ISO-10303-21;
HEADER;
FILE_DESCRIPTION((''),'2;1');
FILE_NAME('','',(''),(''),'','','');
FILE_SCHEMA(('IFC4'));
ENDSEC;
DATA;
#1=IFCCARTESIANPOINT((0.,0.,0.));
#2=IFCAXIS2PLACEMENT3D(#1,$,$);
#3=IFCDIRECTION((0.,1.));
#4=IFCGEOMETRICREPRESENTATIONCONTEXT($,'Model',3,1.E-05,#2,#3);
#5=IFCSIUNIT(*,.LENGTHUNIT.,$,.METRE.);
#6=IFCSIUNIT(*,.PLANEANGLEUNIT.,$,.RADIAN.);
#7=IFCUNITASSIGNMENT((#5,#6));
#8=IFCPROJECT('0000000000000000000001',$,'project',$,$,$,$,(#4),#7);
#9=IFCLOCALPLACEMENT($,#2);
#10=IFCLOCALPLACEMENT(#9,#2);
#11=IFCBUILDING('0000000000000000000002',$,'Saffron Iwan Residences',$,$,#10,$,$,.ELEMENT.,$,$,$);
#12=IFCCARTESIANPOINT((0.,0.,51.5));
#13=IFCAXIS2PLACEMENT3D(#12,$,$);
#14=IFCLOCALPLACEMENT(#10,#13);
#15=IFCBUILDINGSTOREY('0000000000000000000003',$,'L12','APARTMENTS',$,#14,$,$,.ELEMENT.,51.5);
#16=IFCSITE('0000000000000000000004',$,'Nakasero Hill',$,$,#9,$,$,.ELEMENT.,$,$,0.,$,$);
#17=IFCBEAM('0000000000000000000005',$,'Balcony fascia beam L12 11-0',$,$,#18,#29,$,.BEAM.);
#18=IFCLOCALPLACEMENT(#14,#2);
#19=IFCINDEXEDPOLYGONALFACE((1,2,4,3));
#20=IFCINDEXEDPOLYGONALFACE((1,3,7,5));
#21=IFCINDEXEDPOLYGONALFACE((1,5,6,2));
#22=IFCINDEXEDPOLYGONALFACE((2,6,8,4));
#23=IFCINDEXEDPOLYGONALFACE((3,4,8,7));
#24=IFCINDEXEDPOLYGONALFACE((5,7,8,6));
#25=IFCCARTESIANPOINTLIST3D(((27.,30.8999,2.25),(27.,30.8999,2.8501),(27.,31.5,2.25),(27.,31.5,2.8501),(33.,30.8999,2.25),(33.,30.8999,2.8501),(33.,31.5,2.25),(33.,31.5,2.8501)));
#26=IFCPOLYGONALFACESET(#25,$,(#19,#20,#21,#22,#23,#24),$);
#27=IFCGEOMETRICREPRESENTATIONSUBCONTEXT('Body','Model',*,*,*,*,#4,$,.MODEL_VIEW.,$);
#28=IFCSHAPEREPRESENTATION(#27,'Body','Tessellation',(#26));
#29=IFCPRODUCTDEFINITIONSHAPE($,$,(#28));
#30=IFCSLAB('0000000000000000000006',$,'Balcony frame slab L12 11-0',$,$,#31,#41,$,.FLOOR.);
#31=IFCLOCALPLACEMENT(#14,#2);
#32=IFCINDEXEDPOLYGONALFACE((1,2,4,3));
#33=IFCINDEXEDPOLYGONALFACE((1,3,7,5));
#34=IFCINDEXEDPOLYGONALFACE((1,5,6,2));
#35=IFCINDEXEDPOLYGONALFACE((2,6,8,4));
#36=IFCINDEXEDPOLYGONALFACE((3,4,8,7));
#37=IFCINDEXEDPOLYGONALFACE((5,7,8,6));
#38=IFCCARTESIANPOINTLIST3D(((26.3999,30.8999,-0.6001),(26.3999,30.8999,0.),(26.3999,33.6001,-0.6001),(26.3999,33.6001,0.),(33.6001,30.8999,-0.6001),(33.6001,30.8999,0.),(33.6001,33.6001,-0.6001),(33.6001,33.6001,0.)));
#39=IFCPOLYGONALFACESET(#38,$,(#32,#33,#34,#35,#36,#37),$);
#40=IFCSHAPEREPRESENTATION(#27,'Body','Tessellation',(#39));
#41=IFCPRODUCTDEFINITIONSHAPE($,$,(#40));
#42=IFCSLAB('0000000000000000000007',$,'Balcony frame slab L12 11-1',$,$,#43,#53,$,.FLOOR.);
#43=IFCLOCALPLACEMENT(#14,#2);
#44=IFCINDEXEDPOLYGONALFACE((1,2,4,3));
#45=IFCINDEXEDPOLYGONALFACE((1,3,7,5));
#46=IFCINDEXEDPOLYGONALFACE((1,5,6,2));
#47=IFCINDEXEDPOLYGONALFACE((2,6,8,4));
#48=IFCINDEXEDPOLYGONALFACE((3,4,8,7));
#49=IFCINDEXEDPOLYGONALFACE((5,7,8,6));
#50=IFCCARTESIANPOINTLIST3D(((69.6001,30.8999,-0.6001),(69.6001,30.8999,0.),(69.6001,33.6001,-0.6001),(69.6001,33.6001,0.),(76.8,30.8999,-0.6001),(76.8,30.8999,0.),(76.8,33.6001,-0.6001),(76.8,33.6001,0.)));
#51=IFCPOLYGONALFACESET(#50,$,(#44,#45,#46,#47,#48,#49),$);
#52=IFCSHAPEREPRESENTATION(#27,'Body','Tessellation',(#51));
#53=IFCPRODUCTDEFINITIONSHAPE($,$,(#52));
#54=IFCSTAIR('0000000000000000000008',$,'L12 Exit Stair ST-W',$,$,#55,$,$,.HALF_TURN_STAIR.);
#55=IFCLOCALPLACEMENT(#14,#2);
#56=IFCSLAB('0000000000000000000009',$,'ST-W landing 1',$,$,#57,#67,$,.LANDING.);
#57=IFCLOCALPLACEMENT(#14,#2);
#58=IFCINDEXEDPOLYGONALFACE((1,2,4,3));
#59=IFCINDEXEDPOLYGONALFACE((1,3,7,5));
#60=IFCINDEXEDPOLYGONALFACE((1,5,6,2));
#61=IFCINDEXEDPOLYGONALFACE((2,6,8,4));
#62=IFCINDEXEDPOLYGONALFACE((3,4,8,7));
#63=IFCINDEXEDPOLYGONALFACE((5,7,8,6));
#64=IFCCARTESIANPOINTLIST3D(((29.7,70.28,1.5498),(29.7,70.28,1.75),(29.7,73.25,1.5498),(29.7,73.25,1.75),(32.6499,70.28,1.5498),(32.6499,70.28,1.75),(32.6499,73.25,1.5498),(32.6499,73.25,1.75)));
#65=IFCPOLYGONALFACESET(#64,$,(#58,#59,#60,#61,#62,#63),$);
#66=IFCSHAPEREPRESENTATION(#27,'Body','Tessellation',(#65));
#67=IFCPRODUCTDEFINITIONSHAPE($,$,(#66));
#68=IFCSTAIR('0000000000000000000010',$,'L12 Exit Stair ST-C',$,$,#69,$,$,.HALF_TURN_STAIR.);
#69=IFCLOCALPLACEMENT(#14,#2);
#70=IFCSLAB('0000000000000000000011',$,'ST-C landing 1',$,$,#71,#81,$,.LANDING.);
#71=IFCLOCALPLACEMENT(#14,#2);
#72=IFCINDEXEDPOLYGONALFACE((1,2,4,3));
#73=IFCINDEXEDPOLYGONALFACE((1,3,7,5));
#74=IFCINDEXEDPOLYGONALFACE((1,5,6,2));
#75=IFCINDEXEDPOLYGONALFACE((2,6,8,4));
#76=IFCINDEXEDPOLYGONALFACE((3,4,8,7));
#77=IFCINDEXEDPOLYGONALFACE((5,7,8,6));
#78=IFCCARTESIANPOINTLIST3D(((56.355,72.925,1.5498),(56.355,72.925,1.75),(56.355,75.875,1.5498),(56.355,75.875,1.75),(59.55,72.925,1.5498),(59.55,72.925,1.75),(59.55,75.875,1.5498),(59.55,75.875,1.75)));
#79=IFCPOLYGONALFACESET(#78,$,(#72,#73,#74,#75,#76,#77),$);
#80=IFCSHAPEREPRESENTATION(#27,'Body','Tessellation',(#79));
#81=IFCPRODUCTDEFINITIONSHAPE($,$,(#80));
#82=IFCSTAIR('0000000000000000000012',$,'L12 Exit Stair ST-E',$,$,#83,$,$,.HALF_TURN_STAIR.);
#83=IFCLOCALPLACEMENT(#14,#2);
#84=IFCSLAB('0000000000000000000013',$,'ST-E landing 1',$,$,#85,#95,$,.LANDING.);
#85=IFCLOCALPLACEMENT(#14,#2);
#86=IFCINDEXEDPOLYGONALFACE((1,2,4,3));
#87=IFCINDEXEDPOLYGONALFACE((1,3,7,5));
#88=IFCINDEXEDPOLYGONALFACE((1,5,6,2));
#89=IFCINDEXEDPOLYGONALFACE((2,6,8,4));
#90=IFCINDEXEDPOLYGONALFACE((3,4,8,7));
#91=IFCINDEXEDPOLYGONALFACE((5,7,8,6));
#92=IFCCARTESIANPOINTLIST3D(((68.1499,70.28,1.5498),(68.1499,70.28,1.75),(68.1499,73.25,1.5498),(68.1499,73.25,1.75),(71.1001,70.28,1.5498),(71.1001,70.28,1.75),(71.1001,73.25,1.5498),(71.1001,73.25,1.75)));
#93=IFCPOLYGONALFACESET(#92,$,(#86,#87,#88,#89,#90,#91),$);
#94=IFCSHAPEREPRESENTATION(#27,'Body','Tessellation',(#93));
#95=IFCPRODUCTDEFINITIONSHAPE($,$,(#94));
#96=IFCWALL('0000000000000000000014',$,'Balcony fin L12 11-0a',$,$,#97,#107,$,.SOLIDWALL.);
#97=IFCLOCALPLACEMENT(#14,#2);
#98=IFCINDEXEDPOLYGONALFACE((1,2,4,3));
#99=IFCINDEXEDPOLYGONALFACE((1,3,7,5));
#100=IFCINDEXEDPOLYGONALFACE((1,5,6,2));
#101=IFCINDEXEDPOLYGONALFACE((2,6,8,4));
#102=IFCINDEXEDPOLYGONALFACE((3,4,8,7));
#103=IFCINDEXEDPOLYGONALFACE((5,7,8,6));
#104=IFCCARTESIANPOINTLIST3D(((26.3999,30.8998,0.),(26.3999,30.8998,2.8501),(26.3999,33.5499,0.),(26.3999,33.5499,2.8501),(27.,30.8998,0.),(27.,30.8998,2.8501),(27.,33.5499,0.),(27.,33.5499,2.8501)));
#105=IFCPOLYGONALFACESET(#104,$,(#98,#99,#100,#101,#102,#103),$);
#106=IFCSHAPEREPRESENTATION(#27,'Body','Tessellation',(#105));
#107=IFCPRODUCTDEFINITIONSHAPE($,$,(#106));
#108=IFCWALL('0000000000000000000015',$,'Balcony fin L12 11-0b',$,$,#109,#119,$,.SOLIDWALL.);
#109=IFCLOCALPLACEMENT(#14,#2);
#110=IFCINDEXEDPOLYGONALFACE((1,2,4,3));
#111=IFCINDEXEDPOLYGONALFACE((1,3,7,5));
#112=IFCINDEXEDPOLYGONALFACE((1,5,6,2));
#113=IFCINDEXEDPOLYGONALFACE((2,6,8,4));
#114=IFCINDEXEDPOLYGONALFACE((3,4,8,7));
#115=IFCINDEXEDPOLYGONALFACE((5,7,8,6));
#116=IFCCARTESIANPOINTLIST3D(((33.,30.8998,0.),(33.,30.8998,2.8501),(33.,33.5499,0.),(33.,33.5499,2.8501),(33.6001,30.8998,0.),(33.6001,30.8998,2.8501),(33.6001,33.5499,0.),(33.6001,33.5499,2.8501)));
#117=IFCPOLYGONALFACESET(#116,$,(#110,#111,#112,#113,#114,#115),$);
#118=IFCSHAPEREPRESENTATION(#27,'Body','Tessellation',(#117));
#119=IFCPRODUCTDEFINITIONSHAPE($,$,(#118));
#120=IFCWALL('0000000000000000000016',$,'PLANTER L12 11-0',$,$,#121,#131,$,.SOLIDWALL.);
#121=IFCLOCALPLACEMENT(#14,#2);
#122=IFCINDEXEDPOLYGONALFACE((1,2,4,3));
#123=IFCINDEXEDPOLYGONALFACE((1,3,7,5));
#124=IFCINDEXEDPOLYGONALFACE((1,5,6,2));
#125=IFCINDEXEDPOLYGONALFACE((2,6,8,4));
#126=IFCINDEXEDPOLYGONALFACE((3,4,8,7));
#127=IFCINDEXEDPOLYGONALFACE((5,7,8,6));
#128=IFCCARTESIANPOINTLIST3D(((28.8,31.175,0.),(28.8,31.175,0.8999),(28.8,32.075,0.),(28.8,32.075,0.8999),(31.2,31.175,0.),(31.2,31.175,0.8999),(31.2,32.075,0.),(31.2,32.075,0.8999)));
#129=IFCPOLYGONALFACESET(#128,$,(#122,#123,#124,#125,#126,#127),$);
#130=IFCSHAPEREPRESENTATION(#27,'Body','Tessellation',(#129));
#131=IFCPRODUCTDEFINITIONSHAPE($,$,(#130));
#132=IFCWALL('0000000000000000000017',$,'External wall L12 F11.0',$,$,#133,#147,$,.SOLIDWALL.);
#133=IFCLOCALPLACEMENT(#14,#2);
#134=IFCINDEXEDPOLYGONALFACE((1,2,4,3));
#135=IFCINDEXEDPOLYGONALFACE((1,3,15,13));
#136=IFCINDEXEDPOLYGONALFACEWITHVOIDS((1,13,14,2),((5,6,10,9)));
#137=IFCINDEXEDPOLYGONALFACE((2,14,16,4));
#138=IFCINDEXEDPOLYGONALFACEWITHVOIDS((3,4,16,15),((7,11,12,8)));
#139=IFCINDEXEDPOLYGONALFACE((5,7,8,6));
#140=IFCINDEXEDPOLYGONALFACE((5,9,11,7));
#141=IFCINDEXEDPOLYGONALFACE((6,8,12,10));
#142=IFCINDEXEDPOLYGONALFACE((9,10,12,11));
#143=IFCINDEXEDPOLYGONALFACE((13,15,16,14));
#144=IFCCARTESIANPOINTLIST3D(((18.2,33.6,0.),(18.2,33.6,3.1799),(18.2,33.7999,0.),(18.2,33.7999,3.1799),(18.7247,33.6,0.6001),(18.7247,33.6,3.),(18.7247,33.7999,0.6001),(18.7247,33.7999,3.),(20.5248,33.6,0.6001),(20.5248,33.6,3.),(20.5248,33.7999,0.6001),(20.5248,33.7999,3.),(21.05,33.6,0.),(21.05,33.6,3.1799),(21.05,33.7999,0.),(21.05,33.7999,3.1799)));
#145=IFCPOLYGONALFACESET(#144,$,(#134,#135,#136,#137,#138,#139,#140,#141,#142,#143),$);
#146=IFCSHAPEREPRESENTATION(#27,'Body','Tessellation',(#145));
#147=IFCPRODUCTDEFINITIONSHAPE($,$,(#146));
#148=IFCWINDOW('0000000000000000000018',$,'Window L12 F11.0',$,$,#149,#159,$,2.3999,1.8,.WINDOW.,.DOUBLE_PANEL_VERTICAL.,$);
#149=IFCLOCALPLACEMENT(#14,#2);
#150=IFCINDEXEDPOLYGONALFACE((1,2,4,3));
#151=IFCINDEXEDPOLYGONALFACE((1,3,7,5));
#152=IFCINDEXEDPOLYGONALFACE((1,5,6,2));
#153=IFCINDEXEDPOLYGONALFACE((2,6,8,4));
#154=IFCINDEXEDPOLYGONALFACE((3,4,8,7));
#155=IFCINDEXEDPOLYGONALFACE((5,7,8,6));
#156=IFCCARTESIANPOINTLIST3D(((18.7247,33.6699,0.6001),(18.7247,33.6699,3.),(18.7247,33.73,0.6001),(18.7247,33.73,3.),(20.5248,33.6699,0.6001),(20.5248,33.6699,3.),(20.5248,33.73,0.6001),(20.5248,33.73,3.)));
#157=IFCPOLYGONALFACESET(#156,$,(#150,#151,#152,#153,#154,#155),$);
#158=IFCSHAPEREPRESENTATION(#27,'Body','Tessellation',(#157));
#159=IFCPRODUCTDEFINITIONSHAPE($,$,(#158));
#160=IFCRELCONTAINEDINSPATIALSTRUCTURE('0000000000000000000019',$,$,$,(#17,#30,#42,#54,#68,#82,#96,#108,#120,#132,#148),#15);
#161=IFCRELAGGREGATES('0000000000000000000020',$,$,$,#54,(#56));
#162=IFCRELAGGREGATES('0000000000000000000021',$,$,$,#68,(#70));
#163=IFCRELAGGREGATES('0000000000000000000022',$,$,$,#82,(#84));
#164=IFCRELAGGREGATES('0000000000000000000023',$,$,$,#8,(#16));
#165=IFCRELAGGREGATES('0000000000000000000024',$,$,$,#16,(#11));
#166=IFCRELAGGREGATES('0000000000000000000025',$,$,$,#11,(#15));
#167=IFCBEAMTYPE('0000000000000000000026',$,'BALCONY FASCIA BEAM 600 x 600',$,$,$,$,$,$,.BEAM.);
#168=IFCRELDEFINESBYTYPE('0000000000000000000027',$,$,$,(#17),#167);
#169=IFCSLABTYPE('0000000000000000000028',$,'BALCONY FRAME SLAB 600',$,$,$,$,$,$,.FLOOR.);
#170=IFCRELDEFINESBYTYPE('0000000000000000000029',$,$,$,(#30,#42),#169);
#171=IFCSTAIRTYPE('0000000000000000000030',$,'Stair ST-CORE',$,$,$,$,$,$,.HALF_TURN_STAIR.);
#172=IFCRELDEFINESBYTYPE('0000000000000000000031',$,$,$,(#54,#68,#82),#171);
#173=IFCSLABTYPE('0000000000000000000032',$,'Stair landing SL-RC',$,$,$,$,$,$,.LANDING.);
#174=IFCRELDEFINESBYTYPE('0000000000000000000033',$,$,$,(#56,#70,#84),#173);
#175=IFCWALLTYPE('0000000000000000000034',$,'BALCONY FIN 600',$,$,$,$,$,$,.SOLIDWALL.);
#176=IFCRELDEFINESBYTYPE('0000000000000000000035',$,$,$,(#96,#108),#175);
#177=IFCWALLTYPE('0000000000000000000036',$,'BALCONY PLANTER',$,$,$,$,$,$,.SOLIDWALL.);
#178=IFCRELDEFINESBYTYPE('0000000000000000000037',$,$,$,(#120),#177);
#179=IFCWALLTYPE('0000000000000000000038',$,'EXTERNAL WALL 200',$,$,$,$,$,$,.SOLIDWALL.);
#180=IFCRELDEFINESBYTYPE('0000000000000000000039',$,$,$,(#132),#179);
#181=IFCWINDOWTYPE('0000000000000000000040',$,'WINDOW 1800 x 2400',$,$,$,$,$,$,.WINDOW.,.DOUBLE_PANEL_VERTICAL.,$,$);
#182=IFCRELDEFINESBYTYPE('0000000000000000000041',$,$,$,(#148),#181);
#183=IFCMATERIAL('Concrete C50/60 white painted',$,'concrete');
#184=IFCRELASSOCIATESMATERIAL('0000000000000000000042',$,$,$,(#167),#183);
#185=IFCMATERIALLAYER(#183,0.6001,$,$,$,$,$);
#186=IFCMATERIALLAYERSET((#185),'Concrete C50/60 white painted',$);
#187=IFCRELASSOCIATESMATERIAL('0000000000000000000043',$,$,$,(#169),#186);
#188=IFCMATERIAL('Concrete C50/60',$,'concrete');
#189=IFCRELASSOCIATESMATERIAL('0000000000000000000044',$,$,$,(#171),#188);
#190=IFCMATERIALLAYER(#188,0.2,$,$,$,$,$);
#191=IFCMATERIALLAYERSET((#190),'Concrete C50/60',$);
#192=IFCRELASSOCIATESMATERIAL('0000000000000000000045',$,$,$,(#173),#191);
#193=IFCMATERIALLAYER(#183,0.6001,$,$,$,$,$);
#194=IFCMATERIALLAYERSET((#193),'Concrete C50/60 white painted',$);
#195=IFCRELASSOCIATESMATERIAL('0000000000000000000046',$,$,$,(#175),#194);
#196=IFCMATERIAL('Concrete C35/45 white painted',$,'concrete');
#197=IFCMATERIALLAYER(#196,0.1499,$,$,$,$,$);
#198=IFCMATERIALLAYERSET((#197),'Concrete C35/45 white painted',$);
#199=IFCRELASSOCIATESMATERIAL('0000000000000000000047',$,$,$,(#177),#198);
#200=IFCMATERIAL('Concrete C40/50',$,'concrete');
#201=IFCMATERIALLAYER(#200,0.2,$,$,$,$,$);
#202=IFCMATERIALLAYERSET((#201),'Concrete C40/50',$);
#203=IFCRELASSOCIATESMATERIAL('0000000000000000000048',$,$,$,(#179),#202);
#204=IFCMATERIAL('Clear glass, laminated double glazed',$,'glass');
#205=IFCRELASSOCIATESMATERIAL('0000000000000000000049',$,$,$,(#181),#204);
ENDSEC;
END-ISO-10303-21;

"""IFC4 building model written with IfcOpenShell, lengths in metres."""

from ifc_helpers import new_model, si_unit, direction, frame, frame_2d, origin, origin_2d, place, context, subcontext, project, spatial, polyline, rectangle, outline, extrude, source, transform, mapped, material, layer, layer_set, material_profile, profile_set, type_object, element, fill, aggregate, save


model = new_model("IFC4")

# Units and contexts
model_context = context("Model", 3, precision=1e-05, world=origin(), true_north=direction((0.0, 1.0)))
body_context = subcontext(model_context, "Body", "Model", "MODEL_VIEW")
ifc_project = project(units=[si_unit("LENGTHUNIT", "METRE"), si_unit("PLANEANGLEUNIT", "RADIAN")], contexts=[model_context])

# Site, building, storey
site_placement = place(None, origin())
site = spatial("IfcSite", under=ifc_project, at=site_placement, Name="Nakasero Hill", CompositionType="ELEMENT", RefElevation=0.0)
building_placement = place(site_placement, origin())
building = spatial("IfcBuilding", under=site, at=building_placement, Name="Saffron Iwan Residences", CompositionType="ELEMENT")
storey_placement = place(building_placement, frame((0.0, 0.0, 51.5)))
storey = spatial("IfcBuildingStorey", under=building, at=storey_placement, Name="L12", Description="APARTMENTS", CompositionType="ELEMENT", Elevation=51.5)

# Beam
ifc_material_1 = material(Name="Concrete C50/60 white painted", Category="concrete")
ifc_material_profile = material_profile(ifc_material_1, rectangle(XDim=0.6001, YDim=0.6001, at=origin_2d()), Name="BALCONY FASCIA BEAM 600 x 600")
ifc_profile_set = profile_set([ifc_material_profile], Name="Concrete C50/60 white painted")
beam_type = type_object("IfcBeamType", Name="BALCONY FASCIA BEAM 600 x 600", PredefinedType="BEAM", material=ifc_profile_set)
shared_shape = source(origin(), body_context, "Body", "SweptSolid", [
    extrude(rectangle(XDim=0.6001, YDim=0.6001, at=origin_2d()), origin(), (0.0, 0.0, 1.0), 6.0),
])
beam_placement = place(storey_placement, frame((27.0, 31.2, 2.55), z_axis=(1.0, 0.0, 0.0), x_axis=(0.0, 1.0, 0.0)))
element("IfcBeam", 1, at=beam_placement, inside=storey, type_object=beam_type, Name="Balcony fascia beam L12 11-0", PredefinedType="BEAM", context=body_context, shape_type="MappedRepresentation", body=[
    mapped(shared_shape, transform((0.0, 0.0, 0.0))),
])

# Slabs
ifc_layer_1 = layer(ifc_material_1, 0.6001)
ifc_layer_set_1 = layer_set([ifc_layer_1], Name="Concrete C50/60 white painted")
slab_type_1 = type_object("IfcSlabType", Name="BALCONY FRAME SLAB 600", PredefinedType="FLOOR", material=ifc_layer_set_1)
slab_1_placement = place(storey_placement, frame((0.0, 0.0, -0.6001)))
element("IfcSlab", 2, at=slab_1_placement, inside=storey, type_object=slab_type_1, Name="Balcony frame slab L12 11-0", PredefinedType="FLOOR", context=body_context, shape_type="SweptSolid", body=[
    extrude(outline(polyline([(26.3999, 30.8999), (33.6001, 30.8999), (33.6001, 33.6001), (26.3999, 33.6001), (26.3999, 30.8999)])), origin(), (0.0, 0.0, 1.0), 0.6001),
])
slab_2_placement = place(storey_placement, frame((0.0, 0.0, -0.6001)))
element("IfcSlab", 3, at=slab_2_placement, inside=storey, type_object=slab_type_1, Name="Balcony frame slab L12 11-1", PredefinedType="FLOOR", context=body_context, shape_type="SweptSolid", body=[
    extrude(outline(polyline([(69.6001, 30.8999), (76.8, 30.8999), (76.8, 33.6001), (69.6001, 33.6001), (69.6001, 30.8999)])), origin(), (0.0, 0.0, 1.0), 0.6001),
])

# Stairs, slabs
ifc_material_2 = material(Name="Concrete C50/60", Category="concrete")
stair_type = type_object("IfcStairType", Name="Stair ST-CORE", PredefinedType="HALF_TURN_STAIR", material=ifc_material_2)
stair_1_placement = place(storey_placement, origin())
stair_1 = element("IfcStair", 4, at=stair_1_placement, inside=storey, type_object=stair_type, Name="L12 Exit Stair ST-W", PredefinedType="HALF_TURN_STAIR")
ifc_layer_2 = layer(ifc_material_2, 0.2)
ifc_layer_set_2 = layer_set([ifc_layer_2], Name="Concrete C50/60")
slab_type_2 = type_object("IfcSlabType", Name="Stair landing SL-RC", PredefinedType="LANDING", material=ifc_layer_set_2)
slab_3_placement = place(storey_placement, frame((0.0, 0.0, 1.5498)))
slab_3 = element("IfcSlab", 5, at=slab_3_placement, type_object=slab_type_2, Name="ST-W landing 1", PredefinedType="LANDING", context=body_context, shape_type="SweptSolid", body=[
    extrude(outline(polyline([(32.6499, 70.28), (32.6499, 73.25), (29.7, 73.25), (29.7, 70.28), (32.6499, 70.28)])), origin(), (0.0, 0.0, 1.0), 0.2002),
])
aggregate(stair_1, [slab_3])
stair_2_placement = place(storey_placement, origin())
stair_2 = element("IfcStair", 6, at=stair_2_placement, inside=storey, type_object=stair_type, Name="L12 Exit Stair ST-C", PredefinedType="HALF_TURN_STAIR")
slab_4_placement = place(storey_placement, frame((0.0, 0.0, 1.5498)))
slab_4 = element("IfcSlab", 7, at=slab_4_placement, type_object=slab_type_2, Name="ST-C landing 1", PredefinedType="LANDING", context=body_context, shape_type="SweptSolid", body=[
    extrude(outline(polyline([(56.355, 72.925), (59.55, 72.925), (59.55, 75.875), (56.355, 75.875), (56.355, 72.925)])), origin(), (0.0, 0.0, 1.0), 0.2002),
])
aggregate(stair_2, [slab_4])
stair_3_placement = place(storey_placement, origin())
stair_3 = element("IfcStair", 8, at=stair_3_placement, inside=storey, type_object=stair_type, Name="L12 Exit Stair ST-E", PredefinedType="HALF_TURN_STAIR")
slab_5_placement = place(storey_placement, frame((0.0, 0.0, 1.5498)))
slab_5 = element("IfcSlab", 9, at=slab_5_placement, type_object=slab_type_2, Name="ST-E landing 1", PredefinedType="LANDING", context=body_context, shape_type="SweptSolid", body=[
    extrude(outline(polyline([(71.1001, 70.28), (71.1001, 73.25), (68.1499, 73.25), (68.1499, 70.28), (71.1001, 70.28)])), origin(), (0.0, 0.0, 1.0), 0.2002),
])
aggregate(stair_3, [slab_5])

# Walls
ifc_layer_3 = layer(ifc_material_1, 0.6001)
ifc_layer_set_3 = layer_set([ifc_layer_3], Name="Concrete C50/60 white painted")
wall_type_1 = type_object("IfcWallType", Name="BALCONY FIN 600", PredefinedType="SOLIDWALL", material=ifc_layer_set_3)
for number, where, z_axis, x_axis, name in (
    (10, (26.7, 33.55, 0.0), (0.0, 0.0, 1.0), (0.0, -1.0, 0.0), "Balcony fin L12 11-0a"),
    (11, (33.3, 33.55, 0.0), (0.0, 0.0, 1.0), (0.0, -1.0, 0.0), "Balcony fin L12 11-0b"),
):
    element("IfcWall", number, at=place(storey_placement, frame(where, z_axis=z_axis, x_axis=x_axis)), inside=storey, type_object=wall_type_1, Name=name, PredefinedType="SOLIDWALL", context=body_context, shape_type="SweptSolid", body=[
        extrude(rectangle(XDim=2.6501, YDim=0.6001, at=frame_2d((1.3252, 0.0))), origin(), (0.0, 0.0, 1.0), 2.8501),
    ])
ifc_material_3 = material(Name="Concrete C35/45 white painted", Category="concrete")
ifc_layer_4 = layer(ifc_material_3, 0.1499)
ifc_layer_set_4 = layer_set([ifc_layer_4], Name="Concrete C35/45 white painted")
wall_type_2 = type_object("IfcWallType", Name="BALCONY PLANTER", PredefinedType="SOLIDWALL", material=ifc_layer_set_4)
wall_1_placement = place(storey_placement, frame((28.8, 31.625, 0.0), z_axis=(0.0, 0.0, 1.0), x_axis=(1.0, 0.0, 0.0)))
element("IfcWall", 12, at=wall_1_placement, inside=storey, type_object=wall_type_2, Name="PLANTER L12 11-0", PredefinedType="SOLIDWALL", context=body_context, shape_type="SweptSolid", body=[
    extrude(rectangle(XDim=2.3999, YDim=0.8999, at=frame_2d((1.2, 0.0))), origin(), (0.0, 0.0, 1.0), 0.8999),
])

# Wall, opening, window
ifc_material_4 = material(Name="Concrete C40/50", Category="concrete")
ifc_layer_5 = layer(ifc_material_4, 0.2)
ifc_layer_set_5 = layer_set([ifc_layer_5], Name="Concrete C40/50")
wall_type_3 = type_object("IfcWallType", Name="EXTERNAL WALL 200", PredefinedType="SOLIDWALL", material=ifc_layer_set_5)
wall_2_placement = place(storey_placement, frame((18.2, 33.7, 0.0), z_axis=(0.0, 0.0, 1.0), x_axis=(1.0, 0.0, 0.0)))
wall_2 = element("IfcWall", 13, at=wall_2_placement, inside=storey, type_object=wall_type_3, Name="External wall L12 F11.0", PredefinedType="SOLIDWALL", context=body_context, shape_type="SweptSolid", body=[
    extrude(rectangle(XDim=2.8501, YDim=0.2, at=frame_2d((1.425, 0.0))), origin(), (0.0, 0.0, 1.0), 3.1799),
])
opening_1_placement = place(wall_2_placement, frame((0.5249, 0.0, 0.6001)))
opening_1 = element("IfcOpeningElement", 14, at=opening_1_placement, cuts=wall_2, PredefinedType="OPENING", context=body_context, shape_type="SweptSolid", body=[
    extrude(rectangle(XDim=1.8, YDim=2.3999, at=frame_2d((0.8999, 1.2))), frame((0.0, 0.1099, 0.0), z_axis=(0.0, -1.0, 0.0), x_axis=(1.0, 0.0, 0.0)), (0.0, 0.0, 1.0), 0.22),
])
ifc_material_5 = material(Name="Clear glass, laminated double glazed", Category="glass")
window_type_1 = type_object("IfcWindowType", Name="WINDOW 1800 x 2400", PartitioningType="DOUBLE_PANEL_VERTICAL", PredefinedType="WINDOW", material=ifc_material_5)
window_1_placement = place(opening_1_placement, origin())
window_1 = element("IfcWindow", 15, at=window_1_placement, inside=storey, type_object=window_type_1, Name="Window L12 F11.0", OverallHeight=2.3999, OverallWidth=1.8, PartitioningType="DOUBLE_PANEL_VERTICAL", PredefinedType="WINDOW", context=body_context, shape_type="SweptSolid", body=[
    extrude(rectangle(XDim=1.8, YDim=2.3999, at=frame_2d((0.8999, 1.2))), frame((0.0, 0.03, 0.0), z_axis=(0.0, -1.0, 0.0), x_axis=(1.0, 0.0, 0.0)), (0.0, 0.0, 1.0), 0.0601),
])
fill(opening_1, window_1)

save(model, "model.ifc")
